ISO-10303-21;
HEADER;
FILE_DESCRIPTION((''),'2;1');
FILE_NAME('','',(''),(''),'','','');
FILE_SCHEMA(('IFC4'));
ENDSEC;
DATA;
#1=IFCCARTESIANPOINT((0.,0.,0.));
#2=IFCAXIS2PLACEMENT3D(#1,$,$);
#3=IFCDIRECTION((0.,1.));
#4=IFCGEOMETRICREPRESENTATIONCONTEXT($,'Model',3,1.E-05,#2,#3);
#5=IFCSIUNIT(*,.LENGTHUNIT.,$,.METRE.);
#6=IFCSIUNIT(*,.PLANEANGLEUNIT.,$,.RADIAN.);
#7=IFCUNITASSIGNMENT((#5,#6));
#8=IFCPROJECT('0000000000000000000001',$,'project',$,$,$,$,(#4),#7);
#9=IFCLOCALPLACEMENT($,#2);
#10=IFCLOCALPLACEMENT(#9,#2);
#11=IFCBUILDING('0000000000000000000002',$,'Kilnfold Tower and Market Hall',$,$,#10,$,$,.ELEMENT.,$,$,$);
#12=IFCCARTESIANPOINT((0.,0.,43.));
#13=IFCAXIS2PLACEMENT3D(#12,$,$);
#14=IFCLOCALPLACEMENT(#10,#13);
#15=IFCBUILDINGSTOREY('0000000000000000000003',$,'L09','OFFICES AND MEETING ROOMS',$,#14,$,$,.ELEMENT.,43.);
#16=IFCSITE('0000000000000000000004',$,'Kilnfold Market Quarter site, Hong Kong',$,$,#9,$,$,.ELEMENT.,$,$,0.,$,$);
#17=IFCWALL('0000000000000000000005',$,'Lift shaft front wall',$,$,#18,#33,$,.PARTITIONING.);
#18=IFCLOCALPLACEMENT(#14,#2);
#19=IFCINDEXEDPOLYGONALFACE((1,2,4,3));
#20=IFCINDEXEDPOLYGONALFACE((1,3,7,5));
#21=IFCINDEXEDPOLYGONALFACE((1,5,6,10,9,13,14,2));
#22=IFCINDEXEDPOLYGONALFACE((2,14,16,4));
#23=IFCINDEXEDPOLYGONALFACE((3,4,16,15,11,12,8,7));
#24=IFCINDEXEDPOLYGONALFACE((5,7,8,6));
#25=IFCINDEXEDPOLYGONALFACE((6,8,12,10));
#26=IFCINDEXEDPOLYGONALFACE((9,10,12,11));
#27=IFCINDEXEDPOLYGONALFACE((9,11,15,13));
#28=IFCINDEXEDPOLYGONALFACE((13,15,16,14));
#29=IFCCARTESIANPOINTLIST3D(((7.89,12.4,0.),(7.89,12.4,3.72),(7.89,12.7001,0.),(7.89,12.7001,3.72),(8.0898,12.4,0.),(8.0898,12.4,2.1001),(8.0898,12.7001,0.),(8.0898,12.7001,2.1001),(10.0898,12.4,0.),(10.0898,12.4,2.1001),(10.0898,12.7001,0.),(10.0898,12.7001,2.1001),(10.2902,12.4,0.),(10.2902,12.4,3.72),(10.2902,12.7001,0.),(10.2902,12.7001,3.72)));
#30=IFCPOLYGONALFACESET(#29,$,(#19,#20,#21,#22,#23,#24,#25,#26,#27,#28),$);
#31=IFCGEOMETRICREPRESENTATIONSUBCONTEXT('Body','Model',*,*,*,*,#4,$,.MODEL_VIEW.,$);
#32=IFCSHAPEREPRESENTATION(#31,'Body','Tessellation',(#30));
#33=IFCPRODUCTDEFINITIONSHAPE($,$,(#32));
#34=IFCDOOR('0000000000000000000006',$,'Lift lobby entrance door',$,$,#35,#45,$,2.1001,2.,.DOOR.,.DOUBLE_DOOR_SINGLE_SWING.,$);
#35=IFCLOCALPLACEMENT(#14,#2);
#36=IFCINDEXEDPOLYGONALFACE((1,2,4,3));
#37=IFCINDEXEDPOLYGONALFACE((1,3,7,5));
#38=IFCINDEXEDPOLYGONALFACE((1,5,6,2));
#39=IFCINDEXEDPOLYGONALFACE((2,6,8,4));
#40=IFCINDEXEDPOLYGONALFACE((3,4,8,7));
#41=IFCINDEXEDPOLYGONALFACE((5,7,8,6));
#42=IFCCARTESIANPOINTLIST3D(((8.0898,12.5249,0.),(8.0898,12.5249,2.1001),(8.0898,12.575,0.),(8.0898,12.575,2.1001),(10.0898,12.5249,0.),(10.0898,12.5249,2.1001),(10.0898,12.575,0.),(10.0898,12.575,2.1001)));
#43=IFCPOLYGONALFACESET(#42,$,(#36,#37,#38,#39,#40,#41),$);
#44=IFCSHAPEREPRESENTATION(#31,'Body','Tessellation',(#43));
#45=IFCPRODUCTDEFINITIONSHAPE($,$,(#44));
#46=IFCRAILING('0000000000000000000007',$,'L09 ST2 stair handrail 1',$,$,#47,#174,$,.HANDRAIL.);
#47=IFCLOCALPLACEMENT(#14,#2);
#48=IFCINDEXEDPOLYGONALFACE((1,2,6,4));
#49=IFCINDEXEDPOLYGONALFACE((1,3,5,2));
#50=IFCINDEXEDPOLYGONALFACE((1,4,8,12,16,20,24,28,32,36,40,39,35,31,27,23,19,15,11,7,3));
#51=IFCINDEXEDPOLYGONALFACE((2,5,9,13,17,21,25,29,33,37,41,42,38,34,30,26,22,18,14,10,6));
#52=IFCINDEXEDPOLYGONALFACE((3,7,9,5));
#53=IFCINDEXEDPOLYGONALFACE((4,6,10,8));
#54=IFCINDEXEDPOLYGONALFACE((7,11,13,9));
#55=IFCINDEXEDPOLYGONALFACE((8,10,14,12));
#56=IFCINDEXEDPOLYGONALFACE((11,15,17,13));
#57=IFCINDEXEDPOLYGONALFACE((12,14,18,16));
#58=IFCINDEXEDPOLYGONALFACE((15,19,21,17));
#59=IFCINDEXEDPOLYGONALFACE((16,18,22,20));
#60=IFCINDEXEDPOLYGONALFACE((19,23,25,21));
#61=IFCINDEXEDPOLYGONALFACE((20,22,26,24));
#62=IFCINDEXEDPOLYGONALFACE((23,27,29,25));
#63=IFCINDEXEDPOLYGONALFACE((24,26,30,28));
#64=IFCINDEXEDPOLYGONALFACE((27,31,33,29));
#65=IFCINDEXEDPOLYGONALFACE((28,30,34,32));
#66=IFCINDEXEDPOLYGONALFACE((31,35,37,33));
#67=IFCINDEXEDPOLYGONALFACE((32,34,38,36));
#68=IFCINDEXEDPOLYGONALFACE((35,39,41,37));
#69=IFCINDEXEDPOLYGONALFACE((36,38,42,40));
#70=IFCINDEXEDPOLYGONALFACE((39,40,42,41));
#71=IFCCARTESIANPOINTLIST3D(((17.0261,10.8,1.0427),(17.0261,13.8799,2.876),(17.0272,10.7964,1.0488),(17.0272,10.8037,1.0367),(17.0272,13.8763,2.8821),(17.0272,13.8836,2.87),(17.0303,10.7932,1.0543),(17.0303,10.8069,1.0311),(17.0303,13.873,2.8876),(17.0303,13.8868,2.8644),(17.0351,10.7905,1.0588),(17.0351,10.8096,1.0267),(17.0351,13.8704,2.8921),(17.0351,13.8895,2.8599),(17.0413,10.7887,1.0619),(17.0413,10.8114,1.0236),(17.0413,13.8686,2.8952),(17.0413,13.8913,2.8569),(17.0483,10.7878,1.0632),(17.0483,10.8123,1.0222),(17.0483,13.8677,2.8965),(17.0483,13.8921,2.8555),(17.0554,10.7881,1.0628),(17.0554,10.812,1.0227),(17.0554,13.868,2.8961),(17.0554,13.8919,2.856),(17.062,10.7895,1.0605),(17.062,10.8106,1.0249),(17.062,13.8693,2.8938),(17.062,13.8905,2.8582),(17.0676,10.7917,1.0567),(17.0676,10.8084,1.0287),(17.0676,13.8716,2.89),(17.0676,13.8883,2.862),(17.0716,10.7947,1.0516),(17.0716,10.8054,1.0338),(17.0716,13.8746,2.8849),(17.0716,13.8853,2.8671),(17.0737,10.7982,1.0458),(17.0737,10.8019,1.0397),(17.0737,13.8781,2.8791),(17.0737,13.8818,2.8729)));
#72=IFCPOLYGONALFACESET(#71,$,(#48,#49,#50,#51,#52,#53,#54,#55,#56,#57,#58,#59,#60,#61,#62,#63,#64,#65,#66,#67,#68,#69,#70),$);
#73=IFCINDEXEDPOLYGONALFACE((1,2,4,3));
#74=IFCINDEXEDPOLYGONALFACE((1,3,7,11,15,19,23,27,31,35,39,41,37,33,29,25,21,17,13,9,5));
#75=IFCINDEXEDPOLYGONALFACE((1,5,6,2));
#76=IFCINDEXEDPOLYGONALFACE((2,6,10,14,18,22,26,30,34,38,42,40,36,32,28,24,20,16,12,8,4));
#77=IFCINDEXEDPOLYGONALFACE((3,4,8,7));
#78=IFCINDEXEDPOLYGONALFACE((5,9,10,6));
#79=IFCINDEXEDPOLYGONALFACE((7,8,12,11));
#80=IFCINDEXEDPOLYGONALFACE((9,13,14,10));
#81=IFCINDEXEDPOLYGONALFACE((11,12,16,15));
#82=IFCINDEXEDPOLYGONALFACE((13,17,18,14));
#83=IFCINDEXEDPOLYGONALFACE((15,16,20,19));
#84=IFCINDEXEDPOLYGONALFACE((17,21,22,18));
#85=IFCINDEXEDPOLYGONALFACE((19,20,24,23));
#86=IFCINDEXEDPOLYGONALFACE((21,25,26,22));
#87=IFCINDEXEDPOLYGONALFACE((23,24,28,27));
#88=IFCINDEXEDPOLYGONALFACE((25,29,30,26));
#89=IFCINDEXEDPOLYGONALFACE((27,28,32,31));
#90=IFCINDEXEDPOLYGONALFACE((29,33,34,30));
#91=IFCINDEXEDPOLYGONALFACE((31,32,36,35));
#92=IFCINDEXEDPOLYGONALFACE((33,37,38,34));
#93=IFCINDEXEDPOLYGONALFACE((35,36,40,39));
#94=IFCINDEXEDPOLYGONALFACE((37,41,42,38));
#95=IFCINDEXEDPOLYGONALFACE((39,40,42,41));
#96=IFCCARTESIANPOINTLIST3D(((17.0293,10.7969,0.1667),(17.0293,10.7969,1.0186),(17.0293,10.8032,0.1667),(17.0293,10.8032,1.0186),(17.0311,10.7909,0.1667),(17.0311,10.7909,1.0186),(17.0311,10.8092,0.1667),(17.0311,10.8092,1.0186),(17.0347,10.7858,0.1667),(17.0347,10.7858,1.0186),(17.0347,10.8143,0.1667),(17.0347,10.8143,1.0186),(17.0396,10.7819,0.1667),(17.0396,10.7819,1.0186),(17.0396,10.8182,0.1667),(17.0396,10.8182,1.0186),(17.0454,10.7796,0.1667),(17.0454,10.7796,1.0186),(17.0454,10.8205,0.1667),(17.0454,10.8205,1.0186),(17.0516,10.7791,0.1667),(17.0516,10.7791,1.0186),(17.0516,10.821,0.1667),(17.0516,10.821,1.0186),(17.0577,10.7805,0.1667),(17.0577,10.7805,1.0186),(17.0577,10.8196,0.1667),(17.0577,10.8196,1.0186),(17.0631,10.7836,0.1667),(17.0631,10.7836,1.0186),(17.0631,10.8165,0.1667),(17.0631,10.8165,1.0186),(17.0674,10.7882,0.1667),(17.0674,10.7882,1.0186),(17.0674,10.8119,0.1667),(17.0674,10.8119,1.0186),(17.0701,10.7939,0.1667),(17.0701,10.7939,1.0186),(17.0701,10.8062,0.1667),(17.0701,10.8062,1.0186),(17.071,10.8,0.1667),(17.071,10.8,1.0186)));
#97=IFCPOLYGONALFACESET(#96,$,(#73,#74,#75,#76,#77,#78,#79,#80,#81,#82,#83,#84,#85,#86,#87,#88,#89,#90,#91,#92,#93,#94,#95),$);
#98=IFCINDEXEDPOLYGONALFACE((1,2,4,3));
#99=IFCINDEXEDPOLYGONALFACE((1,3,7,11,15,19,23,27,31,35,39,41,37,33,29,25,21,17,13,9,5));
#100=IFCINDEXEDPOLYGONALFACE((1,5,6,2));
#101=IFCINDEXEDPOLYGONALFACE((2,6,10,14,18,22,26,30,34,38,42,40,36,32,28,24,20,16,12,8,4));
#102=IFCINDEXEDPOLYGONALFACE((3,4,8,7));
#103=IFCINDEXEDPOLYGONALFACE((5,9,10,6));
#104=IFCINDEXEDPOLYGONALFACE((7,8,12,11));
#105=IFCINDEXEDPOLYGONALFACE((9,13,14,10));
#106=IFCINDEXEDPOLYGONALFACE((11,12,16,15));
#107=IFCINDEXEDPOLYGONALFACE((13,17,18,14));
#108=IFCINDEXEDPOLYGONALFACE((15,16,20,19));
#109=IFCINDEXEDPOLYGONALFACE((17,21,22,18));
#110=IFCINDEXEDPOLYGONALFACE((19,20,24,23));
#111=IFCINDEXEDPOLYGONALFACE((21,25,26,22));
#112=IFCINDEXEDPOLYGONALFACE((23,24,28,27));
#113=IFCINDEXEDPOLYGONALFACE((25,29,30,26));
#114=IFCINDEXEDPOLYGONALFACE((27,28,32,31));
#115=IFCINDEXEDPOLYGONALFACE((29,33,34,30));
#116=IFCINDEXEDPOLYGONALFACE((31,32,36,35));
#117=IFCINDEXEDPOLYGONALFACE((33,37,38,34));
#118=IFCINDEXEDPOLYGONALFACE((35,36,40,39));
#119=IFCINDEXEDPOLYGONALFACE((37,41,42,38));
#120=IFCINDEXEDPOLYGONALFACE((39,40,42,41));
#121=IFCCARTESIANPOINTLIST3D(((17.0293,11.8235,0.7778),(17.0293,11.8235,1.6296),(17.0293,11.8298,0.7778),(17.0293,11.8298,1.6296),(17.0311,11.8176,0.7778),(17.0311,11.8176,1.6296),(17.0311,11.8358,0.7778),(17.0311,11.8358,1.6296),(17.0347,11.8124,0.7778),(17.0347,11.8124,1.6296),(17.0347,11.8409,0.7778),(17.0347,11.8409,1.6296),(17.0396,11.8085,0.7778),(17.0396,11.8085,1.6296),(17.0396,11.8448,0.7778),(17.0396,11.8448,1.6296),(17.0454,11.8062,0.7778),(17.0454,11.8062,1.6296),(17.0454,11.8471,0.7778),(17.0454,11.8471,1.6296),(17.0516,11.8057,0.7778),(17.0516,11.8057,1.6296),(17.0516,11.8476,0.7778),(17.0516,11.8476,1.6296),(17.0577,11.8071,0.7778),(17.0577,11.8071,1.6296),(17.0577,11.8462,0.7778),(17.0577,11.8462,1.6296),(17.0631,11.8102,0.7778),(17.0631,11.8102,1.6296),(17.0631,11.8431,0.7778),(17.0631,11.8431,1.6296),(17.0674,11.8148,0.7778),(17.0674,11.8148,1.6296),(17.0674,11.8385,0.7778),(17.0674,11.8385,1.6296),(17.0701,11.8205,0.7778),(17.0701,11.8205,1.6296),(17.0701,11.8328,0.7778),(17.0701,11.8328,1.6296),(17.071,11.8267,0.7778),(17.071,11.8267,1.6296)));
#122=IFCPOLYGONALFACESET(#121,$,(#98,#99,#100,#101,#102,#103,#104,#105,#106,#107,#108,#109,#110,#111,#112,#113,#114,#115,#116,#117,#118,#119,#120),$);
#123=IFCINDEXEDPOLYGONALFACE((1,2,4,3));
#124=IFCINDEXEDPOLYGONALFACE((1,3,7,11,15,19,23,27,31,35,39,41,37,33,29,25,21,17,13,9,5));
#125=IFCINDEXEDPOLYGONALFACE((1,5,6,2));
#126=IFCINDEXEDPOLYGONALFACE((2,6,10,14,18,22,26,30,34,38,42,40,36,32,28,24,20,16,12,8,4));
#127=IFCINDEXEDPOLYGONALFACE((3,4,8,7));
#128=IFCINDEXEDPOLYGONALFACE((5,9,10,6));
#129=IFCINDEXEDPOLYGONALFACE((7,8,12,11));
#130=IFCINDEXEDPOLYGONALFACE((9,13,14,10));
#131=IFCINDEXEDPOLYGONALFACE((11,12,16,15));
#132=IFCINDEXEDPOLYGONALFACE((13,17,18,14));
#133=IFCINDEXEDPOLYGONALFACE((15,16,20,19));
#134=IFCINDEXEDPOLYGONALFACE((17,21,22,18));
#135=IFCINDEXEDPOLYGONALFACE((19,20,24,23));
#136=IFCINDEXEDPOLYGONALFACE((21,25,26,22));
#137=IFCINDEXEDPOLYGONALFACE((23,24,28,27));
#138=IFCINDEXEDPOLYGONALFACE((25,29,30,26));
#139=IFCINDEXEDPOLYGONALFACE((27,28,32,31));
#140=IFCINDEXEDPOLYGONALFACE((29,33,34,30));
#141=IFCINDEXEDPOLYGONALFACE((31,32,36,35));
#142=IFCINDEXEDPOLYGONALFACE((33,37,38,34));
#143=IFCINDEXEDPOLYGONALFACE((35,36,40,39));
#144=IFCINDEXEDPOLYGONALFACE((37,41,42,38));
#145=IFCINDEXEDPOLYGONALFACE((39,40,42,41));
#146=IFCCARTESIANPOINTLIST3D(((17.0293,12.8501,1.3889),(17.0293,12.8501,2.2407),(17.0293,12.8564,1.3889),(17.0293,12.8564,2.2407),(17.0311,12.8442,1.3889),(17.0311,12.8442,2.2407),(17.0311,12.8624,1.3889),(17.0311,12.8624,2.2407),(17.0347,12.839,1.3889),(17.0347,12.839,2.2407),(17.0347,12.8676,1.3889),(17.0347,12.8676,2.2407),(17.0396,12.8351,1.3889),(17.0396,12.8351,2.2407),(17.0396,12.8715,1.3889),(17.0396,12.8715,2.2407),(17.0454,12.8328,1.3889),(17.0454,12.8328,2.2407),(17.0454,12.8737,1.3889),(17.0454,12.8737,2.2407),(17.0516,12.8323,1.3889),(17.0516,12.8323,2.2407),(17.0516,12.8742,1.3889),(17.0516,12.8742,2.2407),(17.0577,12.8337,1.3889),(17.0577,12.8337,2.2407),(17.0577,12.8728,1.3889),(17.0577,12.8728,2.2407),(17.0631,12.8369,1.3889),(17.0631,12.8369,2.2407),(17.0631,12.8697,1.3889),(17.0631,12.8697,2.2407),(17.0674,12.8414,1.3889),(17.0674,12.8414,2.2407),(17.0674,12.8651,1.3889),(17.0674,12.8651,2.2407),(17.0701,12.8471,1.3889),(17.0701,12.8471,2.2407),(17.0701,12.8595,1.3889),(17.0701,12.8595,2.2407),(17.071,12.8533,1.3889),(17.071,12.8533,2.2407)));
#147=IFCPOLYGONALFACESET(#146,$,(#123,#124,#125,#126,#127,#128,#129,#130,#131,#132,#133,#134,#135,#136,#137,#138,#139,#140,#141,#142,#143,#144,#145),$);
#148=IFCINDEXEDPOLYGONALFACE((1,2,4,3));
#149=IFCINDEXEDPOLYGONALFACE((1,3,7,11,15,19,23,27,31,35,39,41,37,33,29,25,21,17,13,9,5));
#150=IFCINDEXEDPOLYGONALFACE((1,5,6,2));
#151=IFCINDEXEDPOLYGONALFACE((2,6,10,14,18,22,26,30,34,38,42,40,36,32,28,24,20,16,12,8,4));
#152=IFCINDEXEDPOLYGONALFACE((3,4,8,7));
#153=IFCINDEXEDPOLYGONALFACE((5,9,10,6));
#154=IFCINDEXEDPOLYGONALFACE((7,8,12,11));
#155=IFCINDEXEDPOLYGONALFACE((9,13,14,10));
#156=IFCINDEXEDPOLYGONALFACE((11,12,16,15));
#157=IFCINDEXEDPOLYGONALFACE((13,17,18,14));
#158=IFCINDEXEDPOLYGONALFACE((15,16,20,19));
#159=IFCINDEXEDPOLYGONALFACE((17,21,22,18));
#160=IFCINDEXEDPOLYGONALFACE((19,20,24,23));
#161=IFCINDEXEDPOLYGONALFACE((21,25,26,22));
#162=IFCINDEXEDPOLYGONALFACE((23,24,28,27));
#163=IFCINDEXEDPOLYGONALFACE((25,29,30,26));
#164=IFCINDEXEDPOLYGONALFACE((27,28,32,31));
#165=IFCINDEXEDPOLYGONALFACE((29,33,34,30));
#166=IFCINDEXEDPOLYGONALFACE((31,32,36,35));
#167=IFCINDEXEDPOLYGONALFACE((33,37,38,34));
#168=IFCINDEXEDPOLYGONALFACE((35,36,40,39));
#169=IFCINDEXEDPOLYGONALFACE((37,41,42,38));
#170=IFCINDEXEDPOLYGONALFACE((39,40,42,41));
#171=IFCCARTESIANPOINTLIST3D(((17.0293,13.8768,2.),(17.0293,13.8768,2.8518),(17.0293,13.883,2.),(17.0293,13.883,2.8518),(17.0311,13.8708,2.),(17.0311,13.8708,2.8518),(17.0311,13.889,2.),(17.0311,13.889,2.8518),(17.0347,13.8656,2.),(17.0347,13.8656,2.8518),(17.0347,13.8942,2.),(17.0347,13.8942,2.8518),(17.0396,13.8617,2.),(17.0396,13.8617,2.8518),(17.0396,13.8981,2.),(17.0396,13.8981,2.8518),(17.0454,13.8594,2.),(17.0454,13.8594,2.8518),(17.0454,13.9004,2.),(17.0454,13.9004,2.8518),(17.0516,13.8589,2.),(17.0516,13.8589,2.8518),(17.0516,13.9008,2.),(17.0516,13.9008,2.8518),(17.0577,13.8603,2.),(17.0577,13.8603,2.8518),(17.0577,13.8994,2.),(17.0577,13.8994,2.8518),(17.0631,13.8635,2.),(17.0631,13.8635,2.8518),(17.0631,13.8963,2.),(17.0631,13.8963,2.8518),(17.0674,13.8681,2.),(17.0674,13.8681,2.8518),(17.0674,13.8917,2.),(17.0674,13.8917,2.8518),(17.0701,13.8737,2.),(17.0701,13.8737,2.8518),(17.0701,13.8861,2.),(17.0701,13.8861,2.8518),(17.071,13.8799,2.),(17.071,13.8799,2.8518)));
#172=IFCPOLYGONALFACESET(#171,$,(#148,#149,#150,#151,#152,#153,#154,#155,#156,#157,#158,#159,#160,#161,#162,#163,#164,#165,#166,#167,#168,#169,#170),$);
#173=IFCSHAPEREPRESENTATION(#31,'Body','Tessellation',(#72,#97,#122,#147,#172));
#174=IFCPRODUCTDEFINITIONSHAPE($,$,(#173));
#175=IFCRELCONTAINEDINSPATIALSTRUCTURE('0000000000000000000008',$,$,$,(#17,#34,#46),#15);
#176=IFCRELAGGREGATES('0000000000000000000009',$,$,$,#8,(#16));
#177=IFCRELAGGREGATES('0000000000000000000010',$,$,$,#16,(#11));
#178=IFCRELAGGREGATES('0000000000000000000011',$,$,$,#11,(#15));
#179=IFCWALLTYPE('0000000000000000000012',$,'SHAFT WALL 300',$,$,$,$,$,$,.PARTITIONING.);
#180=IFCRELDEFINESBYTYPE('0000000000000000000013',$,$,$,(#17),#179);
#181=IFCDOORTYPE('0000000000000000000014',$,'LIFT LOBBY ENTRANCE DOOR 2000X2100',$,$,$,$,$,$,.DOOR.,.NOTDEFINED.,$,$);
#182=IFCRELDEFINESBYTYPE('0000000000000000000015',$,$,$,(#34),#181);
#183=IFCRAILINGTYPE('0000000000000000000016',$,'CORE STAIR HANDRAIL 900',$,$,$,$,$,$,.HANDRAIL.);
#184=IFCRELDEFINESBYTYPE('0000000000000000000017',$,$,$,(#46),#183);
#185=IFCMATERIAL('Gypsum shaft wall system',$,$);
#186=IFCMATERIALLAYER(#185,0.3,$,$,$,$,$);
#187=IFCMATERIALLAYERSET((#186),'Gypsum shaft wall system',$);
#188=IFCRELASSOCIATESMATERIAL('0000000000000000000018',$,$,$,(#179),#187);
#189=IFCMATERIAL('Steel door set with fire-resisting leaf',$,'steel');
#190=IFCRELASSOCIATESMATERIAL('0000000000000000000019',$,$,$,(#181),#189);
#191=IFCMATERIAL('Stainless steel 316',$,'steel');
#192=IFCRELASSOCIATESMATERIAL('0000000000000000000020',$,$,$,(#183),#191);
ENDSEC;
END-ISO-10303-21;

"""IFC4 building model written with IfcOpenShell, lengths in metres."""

from ifc_helpers import new_model, si_unit, direction, frame, frame_2d, origin, origin_2d, place, context, subcontext, project, spatial, rectangle, circle, extrude, source, transform, mapped, material, layer, layer_set, type_object, element, fill, save


model = new_model("IFC4")

# Units and contexts
model_context = context("Model", 3, precision=1e-05, world=origin(), true_north=direction((0.0, 1.0)))
body_context = subcontext(model_context, "Body", "Model", "MODEL_VIEW")
ifc_project = project(units=[si_unit("LENGTHUNIT", "METRE"), si_unit("PLANEANGLEUNIT", "RADIAN")], contexts=[model_context])

# Site, building, storey
site_placement = place(None, origin())
site = spatial("IfcSite", under=ifc_project, at=site_placement, Name="Kilnfold Market Quarter site, Hong Kong", CompositionType="ELEMENT", RefElevation=0.0)
building_placement = place(site_placement, origin())
building = spatial("IfcBuilding", under=site, at=building_placement, Name="Kilnfold Tower and Market Hall", CompositionType="ELEMENT")
storey_placement = place(building_placement, frame((0.0, 0.0, 43.0)))
storey = spatial("IfcBuildingStorey", under=building, at=storey_placement, Name="L09", Description="OFFICES AND MEETING ROOMS", CompositionType="ELEMENT", Elevation=43.0)

# Shared definitions
ifc_material_1 = material(Name="Gypsum shaft wall system")
ifc_layer_1 = layer(ifc_material_1, 0.3)
ifc_layer_set_1 = layer_set([ifc_layer_1], Name="Gypsum shaft wall system")
wall_type_1 = type_object("IfcWallType", Name="SHAFT WALL 300", PredefinedType="PARTITIONING", material=ifc_layer_set_1)

# Wall, opening, door
shared_shape_1 = source(origin(), body_context, "Body", "SweptSolid", [
    extrude(rectangle(XDim=2.4001, YDim=0.3, at=frame_2d((1.2002, 0.0))), origin(), (0.0, 0.0, 1.0), 3.72),
])
wall_1_placement = place(storey_placement, frame((7.8899, 12.55, 0.0), z_axis=(0.0, 0.0, 1.0), x_axis=(1.0, 0.0, 0.0)))
wall_1 = element("IfcWall", 1, at=wall_1_placement, inside=storey, type_object=wall_type_1, Name="Lift shaft front wall", PredefinedType="PARTITIONING", context=body_context, shape_type="MappedRepresentation", body=[
    mapped(shared_shape_1, transform((0.0, 0.0, 0.0))),
])
opening_1_placement = place(wall_1_placement, frame((0.2, 0.0, 0.0)))
opening_1 = element("IfcOpeningElement", 2, at=opening_1_placement, cuts=wall_1, PredefinedType="OPENING", context=body_context, shape_type="SweptSolid", body=[
    extrude(rectangle(XDim=2.0, YDim=2.1001, at=frame_2d((1.0, 1.05))), frame((0.0, 0.1602, 0.0), z_axis=(0.0, -1.0, 0.0), x_axis=(1.0, 0.0, 0.0)), (0.0, 0.0, 1.0), 0.3201),
])
ifc_material_2 = material(Name="Steel door set with fire-resisting leaf", Category="steel")
door_type_1 = type_object("IfcDoorType", Name="LIFT LOBBY ENTRANCE DOOR 2000X2100", OperationType="NOTDEFINED", PredefinedType="DOOR", material=ifc_material_2)
door_1_placement = place(opening_1_placement, origin())
door_1 = element("IfcDoor", 3, at=door_1_placement, inside=storey, type_object=door_type_1, Name="Lift lobby entrance door", OperationType="DOUBLE_DOOR_SINGLE_SWING", OverallHeight=2.1001, OverallWidth=2.0, PredefinedType="DOOR", context=body_context, shape_type="SweptSolid", body=[
    extrude(rectangle(XDim=2.0, YDim=2.1001, at=frame_2d((1.0, 1.05))), frame((0.0, 0.0249, 0.0), z_axis=(0.0, -1.0, 0.0), x_axis=(1.0, 0.0, 0.0)), (0.0, 0.0, 1.0), 0.05),
])
fill(opening_1, door_1)

# Railing
ifc_material_3 = material(Name="Stainless steel 316", Category="steel")
railing_type_1 = type_object("IfcRailingType", Name="CORE STAIR HANDRAIL 900", PredefinedType="HANDRAIL", material=ifc_material_3)
railing_1_placement = place(storey_placement, frame((17.05, 10.8, 0.1667)))
element("IfcRailing", 4, at=railing_1_placement, inside=storey, type_object=railing_type_1, Name="L09 ST2 stair handrail 1", PredefinedType="HANDRAIL", context=body_context, shape_type="SweptSolid", body=[
    extrude(circle(Radius=0.0239, at=origin_2d()), frame((0.0, 0.0, 0.876), z_axis=(0.0, 0.859291, 0.511487), x_axis=(-1.0, 0.0, 0.0)), (0.0, 0.0, 1.0), 3.5842),
    extrude(circle(Radius=0.021, at=origin_2d()), origin(), (0.0, 0.0, 1.0), 0.8518),
    extrude(circle(Radius=0.021, at=origin_2d()), frame((0.0, 1.0266, 0.6111)), (0.0, 0.0, 1.0), 0.8518),
    extrude(circle(Radius=0.021, at=origin_2d()), frame((0.0, 2.0532, 1.2222)), (0.0, 0.0, 1.0), 0.8518),
    extrude(circle(Radius=0.021, at=origin_2d()), frame((0.0, 3.0798, 1.8333)), (0.0, 0.0, 1.0), 0.8518),
])

save(model, "model.ifc")
